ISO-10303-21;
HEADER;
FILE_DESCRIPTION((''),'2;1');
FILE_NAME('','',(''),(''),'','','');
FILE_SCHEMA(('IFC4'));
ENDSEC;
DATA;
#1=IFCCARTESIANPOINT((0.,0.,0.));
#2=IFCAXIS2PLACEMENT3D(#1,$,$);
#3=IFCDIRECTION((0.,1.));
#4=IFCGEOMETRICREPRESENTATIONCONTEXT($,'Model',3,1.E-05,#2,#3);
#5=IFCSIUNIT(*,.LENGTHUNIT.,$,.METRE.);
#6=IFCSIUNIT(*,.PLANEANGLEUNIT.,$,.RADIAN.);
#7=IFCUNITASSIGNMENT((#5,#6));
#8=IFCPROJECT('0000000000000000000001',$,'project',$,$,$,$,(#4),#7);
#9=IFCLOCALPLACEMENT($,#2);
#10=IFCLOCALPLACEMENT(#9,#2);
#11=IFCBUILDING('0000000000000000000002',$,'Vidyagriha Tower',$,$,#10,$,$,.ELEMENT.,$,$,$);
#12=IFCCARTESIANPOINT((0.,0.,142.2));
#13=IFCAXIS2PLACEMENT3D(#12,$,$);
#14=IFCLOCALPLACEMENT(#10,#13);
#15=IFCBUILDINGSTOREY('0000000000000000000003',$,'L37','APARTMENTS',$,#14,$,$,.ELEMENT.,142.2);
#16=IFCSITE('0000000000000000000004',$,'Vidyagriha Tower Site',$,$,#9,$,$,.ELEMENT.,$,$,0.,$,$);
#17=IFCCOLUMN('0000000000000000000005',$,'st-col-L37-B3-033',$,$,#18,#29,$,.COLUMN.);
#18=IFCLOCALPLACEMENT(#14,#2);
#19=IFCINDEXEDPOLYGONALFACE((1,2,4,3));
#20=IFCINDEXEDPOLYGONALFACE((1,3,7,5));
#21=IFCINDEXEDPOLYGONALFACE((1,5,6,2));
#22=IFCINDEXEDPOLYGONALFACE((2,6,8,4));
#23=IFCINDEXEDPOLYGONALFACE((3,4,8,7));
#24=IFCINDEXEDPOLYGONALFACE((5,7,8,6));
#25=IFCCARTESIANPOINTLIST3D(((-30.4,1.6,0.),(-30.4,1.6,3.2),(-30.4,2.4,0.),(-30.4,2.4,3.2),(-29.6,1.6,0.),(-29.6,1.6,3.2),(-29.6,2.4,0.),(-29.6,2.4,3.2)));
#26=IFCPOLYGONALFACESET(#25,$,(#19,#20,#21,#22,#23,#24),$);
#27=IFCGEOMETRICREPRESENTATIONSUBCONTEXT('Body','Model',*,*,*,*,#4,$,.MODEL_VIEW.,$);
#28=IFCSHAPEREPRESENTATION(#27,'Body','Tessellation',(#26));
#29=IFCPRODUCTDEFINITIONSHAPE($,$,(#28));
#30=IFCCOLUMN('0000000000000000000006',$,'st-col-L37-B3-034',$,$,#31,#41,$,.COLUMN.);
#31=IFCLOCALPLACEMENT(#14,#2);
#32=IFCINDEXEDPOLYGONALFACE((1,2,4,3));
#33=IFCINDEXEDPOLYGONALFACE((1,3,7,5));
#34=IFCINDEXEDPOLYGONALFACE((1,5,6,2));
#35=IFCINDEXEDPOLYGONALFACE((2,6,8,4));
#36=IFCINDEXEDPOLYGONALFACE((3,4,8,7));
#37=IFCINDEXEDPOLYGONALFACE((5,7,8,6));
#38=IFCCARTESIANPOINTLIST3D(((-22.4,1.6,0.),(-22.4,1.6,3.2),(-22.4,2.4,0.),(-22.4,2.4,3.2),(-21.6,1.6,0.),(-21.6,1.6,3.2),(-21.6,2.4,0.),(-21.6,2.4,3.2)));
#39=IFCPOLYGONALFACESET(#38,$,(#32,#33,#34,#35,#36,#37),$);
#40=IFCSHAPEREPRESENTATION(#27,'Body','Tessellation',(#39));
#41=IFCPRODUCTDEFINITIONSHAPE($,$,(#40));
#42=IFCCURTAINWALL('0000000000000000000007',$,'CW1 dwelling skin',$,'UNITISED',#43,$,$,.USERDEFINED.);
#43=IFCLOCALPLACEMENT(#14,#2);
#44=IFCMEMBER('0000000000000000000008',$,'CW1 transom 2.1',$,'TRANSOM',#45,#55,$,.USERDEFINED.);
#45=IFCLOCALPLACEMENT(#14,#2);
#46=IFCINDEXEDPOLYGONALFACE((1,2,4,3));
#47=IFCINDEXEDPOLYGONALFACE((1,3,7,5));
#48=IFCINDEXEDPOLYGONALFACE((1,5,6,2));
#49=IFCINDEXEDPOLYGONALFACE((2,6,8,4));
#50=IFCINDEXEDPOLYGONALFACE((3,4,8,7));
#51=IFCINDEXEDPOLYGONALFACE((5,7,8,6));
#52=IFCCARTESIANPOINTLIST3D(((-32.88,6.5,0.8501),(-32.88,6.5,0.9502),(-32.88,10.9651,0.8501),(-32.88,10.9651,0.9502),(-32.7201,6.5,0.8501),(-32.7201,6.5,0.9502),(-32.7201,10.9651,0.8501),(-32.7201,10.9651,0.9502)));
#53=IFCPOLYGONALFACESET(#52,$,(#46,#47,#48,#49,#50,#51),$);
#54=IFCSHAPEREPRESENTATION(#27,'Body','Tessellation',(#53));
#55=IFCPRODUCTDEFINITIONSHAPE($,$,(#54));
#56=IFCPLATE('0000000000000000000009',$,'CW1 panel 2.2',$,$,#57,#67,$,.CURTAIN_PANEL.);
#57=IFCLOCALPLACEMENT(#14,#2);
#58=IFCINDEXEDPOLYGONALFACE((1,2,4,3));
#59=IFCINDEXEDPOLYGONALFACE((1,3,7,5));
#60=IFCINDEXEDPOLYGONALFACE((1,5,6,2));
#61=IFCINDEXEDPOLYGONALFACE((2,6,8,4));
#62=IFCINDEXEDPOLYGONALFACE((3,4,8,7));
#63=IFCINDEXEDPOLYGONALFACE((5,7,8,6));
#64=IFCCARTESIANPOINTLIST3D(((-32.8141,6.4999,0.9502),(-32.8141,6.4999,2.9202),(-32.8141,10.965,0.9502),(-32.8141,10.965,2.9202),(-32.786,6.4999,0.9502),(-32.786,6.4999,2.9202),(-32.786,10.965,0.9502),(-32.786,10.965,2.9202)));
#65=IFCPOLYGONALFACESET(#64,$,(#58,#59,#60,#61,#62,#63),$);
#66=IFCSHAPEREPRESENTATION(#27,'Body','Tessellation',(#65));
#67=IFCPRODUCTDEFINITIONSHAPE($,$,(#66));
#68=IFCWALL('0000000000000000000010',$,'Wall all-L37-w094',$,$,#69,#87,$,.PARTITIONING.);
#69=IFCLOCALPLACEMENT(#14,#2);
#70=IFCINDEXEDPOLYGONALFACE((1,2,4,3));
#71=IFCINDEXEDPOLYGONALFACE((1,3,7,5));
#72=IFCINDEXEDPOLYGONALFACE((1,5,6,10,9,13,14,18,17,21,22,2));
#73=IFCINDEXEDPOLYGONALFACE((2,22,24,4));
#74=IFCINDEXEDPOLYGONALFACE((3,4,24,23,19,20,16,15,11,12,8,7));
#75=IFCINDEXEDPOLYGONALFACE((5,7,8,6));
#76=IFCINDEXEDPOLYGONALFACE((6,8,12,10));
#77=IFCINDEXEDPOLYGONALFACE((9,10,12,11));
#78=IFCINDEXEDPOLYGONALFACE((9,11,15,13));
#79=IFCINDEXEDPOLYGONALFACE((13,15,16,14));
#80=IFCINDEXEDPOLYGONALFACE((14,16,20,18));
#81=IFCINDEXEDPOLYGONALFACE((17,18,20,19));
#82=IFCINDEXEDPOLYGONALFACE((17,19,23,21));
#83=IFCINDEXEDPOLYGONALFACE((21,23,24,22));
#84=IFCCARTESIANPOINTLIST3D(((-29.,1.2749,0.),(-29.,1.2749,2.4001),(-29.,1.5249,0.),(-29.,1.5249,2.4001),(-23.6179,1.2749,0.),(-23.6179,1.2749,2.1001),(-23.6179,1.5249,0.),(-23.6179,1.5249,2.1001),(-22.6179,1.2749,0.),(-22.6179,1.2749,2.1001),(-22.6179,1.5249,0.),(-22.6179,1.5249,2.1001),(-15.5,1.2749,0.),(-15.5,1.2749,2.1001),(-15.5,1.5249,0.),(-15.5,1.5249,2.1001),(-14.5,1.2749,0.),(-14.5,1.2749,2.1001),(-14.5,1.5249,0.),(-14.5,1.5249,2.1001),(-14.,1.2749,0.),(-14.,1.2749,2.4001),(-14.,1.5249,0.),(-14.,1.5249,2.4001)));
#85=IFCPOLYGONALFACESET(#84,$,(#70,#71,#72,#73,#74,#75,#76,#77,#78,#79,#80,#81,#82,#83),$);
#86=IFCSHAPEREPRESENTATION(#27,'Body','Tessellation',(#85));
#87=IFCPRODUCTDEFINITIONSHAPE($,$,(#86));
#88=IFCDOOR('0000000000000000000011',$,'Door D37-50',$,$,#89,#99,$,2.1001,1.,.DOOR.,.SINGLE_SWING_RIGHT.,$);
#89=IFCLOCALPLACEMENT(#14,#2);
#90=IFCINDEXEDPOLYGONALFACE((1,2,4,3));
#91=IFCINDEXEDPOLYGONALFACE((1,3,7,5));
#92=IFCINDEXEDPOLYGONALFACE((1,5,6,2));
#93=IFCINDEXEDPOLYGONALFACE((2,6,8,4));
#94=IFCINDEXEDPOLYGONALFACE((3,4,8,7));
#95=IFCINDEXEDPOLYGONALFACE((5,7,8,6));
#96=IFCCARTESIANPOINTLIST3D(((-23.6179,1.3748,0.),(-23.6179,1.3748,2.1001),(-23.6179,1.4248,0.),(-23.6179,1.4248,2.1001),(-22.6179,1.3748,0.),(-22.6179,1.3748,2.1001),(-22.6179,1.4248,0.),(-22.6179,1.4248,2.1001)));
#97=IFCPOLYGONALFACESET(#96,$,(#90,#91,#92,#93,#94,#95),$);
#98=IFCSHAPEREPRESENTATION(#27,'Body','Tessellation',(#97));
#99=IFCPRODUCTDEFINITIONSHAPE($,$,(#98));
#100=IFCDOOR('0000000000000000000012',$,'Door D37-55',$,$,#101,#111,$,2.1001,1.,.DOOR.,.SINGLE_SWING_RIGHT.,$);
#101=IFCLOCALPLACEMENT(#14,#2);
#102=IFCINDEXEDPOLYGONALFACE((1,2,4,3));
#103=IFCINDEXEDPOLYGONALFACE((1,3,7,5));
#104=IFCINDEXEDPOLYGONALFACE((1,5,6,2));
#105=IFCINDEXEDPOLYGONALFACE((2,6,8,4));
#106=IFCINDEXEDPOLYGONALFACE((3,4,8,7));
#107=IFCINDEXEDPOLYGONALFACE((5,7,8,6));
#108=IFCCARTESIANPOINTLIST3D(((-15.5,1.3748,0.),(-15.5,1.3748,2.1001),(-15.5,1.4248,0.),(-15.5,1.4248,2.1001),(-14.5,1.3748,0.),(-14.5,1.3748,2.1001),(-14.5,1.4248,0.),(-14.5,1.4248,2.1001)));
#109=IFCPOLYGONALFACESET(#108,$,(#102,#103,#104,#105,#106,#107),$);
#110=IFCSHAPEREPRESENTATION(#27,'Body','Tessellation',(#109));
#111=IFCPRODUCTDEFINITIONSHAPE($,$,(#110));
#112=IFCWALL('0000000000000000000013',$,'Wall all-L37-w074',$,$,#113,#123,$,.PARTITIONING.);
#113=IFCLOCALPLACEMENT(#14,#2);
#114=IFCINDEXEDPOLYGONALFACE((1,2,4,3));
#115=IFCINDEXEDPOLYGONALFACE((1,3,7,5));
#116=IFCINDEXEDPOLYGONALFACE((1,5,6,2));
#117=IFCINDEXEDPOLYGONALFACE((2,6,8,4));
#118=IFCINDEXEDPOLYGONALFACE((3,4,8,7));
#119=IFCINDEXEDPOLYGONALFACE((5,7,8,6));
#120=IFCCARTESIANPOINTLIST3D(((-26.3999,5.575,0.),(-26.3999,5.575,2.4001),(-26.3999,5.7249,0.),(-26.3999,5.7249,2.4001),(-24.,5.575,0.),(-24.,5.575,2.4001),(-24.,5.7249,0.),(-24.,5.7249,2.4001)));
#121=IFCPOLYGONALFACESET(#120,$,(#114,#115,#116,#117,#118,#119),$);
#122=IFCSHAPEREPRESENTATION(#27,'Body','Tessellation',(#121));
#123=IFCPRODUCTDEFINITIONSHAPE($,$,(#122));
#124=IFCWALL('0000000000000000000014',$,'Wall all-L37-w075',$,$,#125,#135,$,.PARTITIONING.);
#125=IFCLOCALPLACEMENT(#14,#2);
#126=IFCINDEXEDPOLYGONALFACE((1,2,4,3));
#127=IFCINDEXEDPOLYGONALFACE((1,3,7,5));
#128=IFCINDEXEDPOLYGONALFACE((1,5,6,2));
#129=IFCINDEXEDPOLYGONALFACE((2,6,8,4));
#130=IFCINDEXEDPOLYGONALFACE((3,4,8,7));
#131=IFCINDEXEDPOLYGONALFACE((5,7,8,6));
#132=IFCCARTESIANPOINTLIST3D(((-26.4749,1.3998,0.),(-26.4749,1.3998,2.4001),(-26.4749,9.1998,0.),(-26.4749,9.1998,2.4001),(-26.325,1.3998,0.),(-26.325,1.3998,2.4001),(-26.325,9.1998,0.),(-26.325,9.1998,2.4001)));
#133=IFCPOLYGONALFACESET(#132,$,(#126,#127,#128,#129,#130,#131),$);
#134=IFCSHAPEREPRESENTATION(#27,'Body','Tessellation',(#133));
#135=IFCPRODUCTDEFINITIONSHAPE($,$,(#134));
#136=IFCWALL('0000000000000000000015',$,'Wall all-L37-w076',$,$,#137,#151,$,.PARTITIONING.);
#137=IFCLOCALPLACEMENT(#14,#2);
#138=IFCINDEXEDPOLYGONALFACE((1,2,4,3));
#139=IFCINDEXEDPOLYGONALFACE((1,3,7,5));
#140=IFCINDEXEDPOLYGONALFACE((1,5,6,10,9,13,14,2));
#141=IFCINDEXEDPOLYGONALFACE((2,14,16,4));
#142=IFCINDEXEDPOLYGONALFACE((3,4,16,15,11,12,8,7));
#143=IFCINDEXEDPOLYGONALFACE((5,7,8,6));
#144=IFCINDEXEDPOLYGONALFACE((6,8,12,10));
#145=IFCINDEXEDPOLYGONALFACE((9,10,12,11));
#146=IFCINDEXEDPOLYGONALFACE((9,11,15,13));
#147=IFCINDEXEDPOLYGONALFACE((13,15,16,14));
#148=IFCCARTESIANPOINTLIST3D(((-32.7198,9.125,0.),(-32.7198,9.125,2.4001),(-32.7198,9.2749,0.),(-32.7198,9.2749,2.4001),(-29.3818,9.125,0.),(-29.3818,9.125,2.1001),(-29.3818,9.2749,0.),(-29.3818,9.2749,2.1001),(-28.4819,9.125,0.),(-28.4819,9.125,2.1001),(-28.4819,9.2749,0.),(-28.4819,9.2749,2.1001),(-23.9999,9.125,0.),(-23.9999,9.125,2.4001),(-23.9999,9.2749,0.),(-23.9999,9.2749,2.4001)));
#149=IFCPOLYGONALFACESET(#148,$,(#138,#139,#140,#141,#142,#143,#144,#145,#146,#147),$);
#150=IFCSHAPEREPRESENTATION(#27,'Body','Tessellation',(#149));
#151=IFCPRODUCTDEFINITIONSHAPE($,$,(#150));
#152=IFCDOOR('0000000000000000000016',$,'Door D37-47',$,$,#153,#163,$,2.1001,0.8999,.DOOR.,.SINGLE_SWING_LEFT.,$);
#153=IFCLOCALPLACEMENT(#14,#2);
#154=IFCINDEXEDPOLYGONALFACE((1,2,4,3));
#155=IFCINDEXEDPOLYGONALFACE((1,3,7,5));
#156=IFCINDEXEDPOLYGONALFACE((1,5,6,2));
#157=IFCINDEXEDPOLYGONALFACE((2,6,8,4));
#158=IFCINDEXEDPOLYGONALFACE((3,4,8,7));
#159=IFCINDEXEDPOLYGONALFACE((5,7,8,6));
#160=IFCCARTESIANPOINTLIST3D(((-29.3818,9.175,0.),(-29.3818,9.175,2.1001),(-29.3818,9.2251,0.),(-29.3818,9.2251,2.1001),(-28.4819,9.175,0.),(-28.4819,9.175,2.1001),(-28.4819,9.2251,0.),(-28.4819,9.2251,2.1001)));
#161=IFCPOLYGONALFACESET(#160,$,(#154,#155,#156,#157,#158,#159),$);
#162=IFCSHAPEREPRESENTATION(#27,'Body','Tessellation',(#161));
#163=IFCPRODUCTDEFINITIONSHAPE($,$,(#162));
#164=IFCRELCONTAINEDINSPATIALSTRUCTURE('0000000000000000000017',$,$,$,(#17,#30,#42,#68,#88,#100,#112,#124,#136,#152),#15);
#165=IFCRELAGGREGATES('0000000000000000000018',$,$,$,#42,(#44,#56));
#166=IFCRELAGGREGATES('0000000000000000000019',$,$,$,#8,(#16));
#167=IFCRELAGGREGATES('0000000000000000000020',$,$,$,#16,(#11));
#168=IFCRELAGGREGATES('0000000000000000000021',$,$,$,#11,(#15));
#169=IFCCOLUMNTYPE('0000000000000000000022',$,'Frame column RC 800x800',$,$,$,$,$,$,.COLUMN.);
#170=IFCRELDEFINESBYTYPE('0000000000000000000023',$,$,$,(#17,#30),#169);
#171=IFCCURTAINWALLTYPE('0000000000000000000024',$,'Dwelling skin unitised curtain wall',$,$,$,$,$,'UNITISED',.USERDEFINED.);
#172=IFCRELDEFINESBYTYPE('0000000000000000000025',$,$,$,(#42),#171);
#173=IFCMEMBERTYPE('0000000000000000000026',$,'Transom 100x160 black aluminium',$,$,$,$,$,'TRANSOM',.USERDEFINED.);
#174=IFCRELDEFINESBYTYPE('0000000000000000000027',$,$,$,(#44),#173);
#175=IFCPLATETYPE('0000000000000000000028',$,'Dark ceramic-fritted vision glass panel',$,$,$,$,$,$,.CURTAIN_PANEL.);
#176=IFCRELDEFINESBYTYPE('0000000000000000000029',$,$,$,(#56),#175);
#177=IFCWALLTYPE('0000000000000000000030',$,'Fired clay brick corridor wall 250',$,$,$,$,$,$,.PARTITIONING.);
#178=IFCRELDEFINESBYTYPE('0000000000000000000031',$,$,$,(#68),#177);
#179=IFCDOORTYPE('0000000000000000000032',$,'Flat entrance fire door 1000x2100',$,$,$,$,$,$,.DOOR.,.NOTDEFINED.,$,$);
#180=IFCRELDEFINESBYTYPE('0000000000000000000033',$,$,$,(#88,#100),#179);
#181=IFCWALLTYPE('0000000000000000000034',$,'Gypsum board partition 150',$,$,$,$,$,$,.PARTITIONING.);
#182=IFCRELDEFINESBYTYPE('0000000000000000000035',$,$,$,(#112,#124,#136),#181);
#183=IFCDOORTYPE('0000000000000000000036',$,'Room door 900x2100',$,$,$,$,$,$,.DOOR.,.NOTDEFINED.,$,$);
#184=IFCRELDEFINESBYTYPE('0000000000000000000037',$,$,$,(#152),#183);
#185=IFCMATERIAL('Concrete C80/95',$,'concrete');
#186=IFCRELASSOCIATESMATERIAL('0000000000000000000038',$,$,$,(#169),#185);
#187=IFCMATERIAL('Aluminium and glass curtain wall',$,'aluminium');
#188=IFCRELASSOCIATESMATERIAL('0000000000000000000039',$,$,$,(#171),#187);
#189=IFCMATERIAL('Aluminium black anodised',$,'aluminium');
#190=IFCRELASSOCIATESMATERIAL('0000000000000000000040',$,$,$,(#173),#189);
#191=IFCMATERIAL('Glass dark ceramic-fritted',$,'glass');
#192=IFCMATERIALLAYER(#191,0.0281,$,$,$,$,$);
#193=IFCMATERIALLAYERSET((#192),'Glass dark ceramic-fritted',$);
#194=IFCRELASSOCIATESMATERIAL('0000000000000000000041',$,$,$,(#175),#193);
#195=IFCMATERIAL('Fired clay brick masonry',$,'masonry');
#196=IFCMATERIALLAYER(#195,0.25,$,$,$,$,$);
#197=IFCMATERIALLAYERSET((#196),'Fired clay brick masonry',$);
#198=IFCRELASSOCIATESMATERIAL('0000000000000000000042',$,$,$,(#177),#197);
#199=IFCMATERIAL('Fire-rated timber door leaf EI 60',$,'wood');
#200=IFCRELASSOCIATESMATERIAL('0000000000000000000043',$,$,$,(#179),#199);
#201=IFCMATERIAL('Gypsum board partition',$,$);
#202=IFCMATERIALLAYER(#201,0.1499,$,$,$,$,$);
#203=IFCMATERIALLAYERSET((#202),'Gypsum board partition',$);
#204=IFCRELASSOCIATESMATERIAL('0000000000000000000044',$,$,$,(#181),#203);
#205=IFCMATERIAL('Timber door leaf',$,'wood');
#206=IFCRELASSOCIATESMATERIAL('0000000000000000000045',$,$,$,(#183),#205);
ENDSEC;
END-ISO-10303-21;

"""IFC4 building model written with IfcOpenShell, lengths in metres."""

from ifc_helpers import new_model, si_unit, direction, frame, frame_2d, origin, origin_2d, place, context, subcontext, project, spatial, rectangle, extrude, material, layer, layer_set, material_profile, profile_set, type_object, element, fill, aggregate, save


model = new_model("IFC4")

# Units and contexts
model_context = context("Model", 3, precision=1e-05, world=origin(), true_north=direction((0.0, 1.0)))
body_context = subcontext(model_context, "Body", "Model", "MODEL_VIEW")
ifc_project = project(units=[si_unit("LENGTHUNIT", "METRE"), si_unit("PLANEANGLEUNIT", "RADIAN")], contexts=[model_context])

# Site, building, storey
site_placement = place(None, origin())
site = spatial("IfcSite", under=ifc_project, at=site_placement, Name="Vidyagriha Tower Site", CompositionType="ELEMENT", RefElevation=0.0)
building_placement = place(site_placement, origin())
building = spatial("IfcBuilding", under=site, at=building_placement, Name="Vidyagriha Tower", CompositionType="ELEMENT")
storey_placement = place(building_placement, frame((0.0, 0.0, 142.2)))
storey = spatial("IfcBuildingStorey", under=building, at=storey_placement, Name="L37", Description="APARTMENTS", CompositionType="ELEMENT", Elevation=142.2)

# Columns
ifc_material_1 = material(Name="Concrete C80/95", Category="concrete")
ifc_material_profile_1 = material_profile(ifc_material_1, rectangle(XDim=0.8, YDim=0.8, at=origin_2d()), Name="RC 800x800")
ifc_profile_set_1 = profile_set([ifc_material_profile_1], Name="Concrete C80/95")
column_type = type_object("IfcColumnType", Name="Frame column RC 800x800", PredefinedType="COLUMN", material=ifc_profile_set_1)
for number, where, name in (
    (1, (-30.0, 2.0, 0.0), "st-col-L37-B3-033"),
    (2, (-22.0, 2.0, 0.0), "st-col-L37-B3-034"),
):
    element("IfcColumn", number, at=place(storey_placement, frame(where)), inside=storey, type_object=column_type, Name=name, PredefinedType="COLUMN", context=body_context, shape_type="SweptSolid", body=[
        extrude(rectangle(XDim=0.8, YDim=0.8, at=origin_2d()), origin(), (0.0, 0.0, 1.0), 3.2),
    ])

# Curtain wall, member, plate
ifc_material_2 = material(Name="Aluminium and glass curtain wall", Category="aluminium")
curtain_wall_type = type_object("IfcCurtainWallType", Name="Dwelling skin unitised curtain wall", ElementType="UNITISED", PredefinedType="USERDEFINED", material=ifc_material_2)
curtain_wall_placement = place(storey_placement, origin())
curtain_wall = element("IfcCurtainWall", 3, at=curtain_wall_placement, inside=storey, type_object=curtain_wall_type, Name="CW1 dwelling skin", ObjectType="UNITISED", PredefinedType="USERDEFINED")
ifc_material_3 = material(Name="Aluminium black anodised", Category="aluminium")
ifc_material_profile_2 = material_profile(ifc_material_3, rectangle(XDim=0.1599, YDim=0.1001, at=origin_2d()), Name="Transom 100x160 black aluminium")
ifc_profile_set_2 = profile_set([ifc_material_profile_2], Name="Aluminium black anodised")
member_type = type_object("IfcMemberType", Name="Transom 100x160 black aluminium", ElementType="TRANSOM", PredefinedType="USERDEFINED", material=ifc_profile_set_2)
member_placement = place(storey_placement, frame((-32.8, 10.9651, 0.9001), z_axis=(0.0, -1.0, 0.0), x_axis=(1.0, 0.0, 0.0)))
member = element("IfcMember", 4, at=member_placement, type_object=member_type, Name="CW1 transom 2.1", ObjectType="TRANSOM", PredefinedType="USERDEFINED", context=body_context, shape_type="SweptSolid", body=[
    extrude(rectangle(XDim=0.1599, YDim=0.1001, at=origin_2d()), origin(), (0.0, 0.0, 1.0), 4.4651),
])
ifc_material_4 = material(Name="Glass dark ceramic-fritted", Category="glass")
ifc_layer_1 = layer(ifc_material_4, 0.0281)
ifc_layer_set_1 = layer_set([ifc_layer_1], Name="Glass dark ceramic-fritted")
plate_type = type_object("IfcPlateType", Name="Dark ceramic-fritted vision glass panel", PredefinedType="CURTAIN_PANEL", material=ifc_layer_set_1)
plate_placement = place(storey_placement, frame((-32.8, 8.7324, 0.9502), z_axis=(0.0, 0.0, 1.0), x_axis=(0.0, -1.0, 0.0)))
plate = element("IfcPlate", 5, at=plate_placement, type_object=plate_type, Name="CW1 panel 2.2", PredefinedType="CURTAIN_PANEL", context=body_context, shape_type="SweptSolid", body=[
    extrude(rectangle(XDim=4.4651, YDim=0.0281, at=origin_2d()), origin(), (0.0, 0.0, 1.0), 1.97),
])
aggregate(curtain_wall, [member, plate])

# Wall, openings, doors
ifc_material_5 = material(Name="Fired clay brick masonry", Category="masonry")
ifc_layer_2 = layer(ifc_material_5, 0.25)
ifc_layer_set_2 = layer_set([ifc_layer_2], Name="Fired clay brick masonry")
wall_type_1 = type_object("IfcWallType", Name="Fired clay brick corridor wall 250", PredefinedType="PARTITIONING", material=ifc_layer_set_2)
wall_1_placement = place(storey_placement, frame((-29.0, 1.3999, 0.0)))
wall_1 = element("IfcWall", 6, at=wall_1_placement, inside=storey, type_object=wall_type_1, Name="Wall all-L37-w094", PredefinedType="PARTITIONING", context=body_context, shape_type="SweptSolid", body=[
    extrude(rectangle(XDim=15.0, YDim=0.25, at=frame_2d((7.5, 0.0))), origin(), (0.0, 0.0, 1.0), 2.4001),
])
opening_1_placement = place(wall_1_placement, frame((5.3821, 0.0, 0.0)))
opening_1 = element("IfcOpeningElement", 7, at=opening_1_placement, cuts=wall_1, PredefinedType="OPENING", context=body_context, shape_type="SweptSolid", body=[
    extrude(rectangle(XDim=1.0, YDim=2.1001, at=frame_2d((0.5, 1.05))), frame((0.0, 0.135, 0.0), z_axis=(0.0, -1.0, 0.0), x_axis=(1.0, 0.0, 0.0)), (0.0, 0.0, 1.0), 0.27),
])
opening_2_placement = place(wall_1_placement, frame((13.5, 0.0, 0.0)))
opening_2 = element("IfcOpeningElement", 8, at=opening_2_placement, cuts=wall_1, PredefinedType="OPENING", context=body_context, shape_type="SweptSolid", body=[
    extrude(rectangle(XDim=1.0, YDim=2.1001, at=frame_2d((0.5, 1.05))), frame((0.0, 0.135, 0.0), z_axis=(0.0, -1.0, 0.0), x_axis=(1.0, 0.0, 0.0)), (0.0, 0.0, 1.0), 0.27),
])
ifc_material_6 = material(Name="Fire-rated timber door leaf EI 60", Category="wood")
door_type_1 = type_object("IfcDoorType", Name="Flat entrance fire door 1000x2100", OperationType="NOTDEFINED", PredefinedType="DOOR", material=ifc_material_6)
door_1_placement = place(opening_1_placement, origin())
door_1 = element("IfcDoor", 9, at=door_1_placement, inside=storey, type_object=door_type_1, Name="Door D37-50", OperationType="SINGLE_SWING_RIGHT", OverallHeight=2.1001, OverallWidth=1.0, PredefinedType="DOOR", context=body_context, shape_type="SweptSolid", body=[
    extrude(rectangle(XDim=1.0, YDim=2.1001, at=frame_2d((0.5, 1.05))), frame((0.0, 0.0249, 0.0), z_axis=(0.0, -1.0, 0.0), x_axis=(1.0, 0.0, 0.0)), (0.0, 0.0, 1.0), 0.05),
])
fill(opening_1, door_1)
door_2_placement = place(opening_2_placement, origin())
door_2 = element("IfcDoor", 10, at=door_2_placement, inside=storey, type_object=door_type_1, Name="Door D37-55", OperationType="SINGLE_SWING_RIGHT", OverallHeight=2.1001, OverallWidth=1.0, PredefinedType="DOOR", context=body_context, shape_type="SweptSolid", body=[
    extrude(rectangle(XDim=1.0, YDim=2.1001, at=frame_2d((0.5, 1.05))), frame((0.0, 0.0249, 0.0), z_axis=(0.0, -1.0, 0.0), x_axis=(1.0, 0.0, 0.0)), (0.0, 0.0, 1.0), 0.05),
])
fill(opening_2, door_2)

# Walls
ifc_material_7 = material(Name="Gypsum board partition")
ifc_layer_3 = layer(ifc_material_7, 0.1499)
ifc_layer_set_3 = layer_set([ifc_layer_3], Name="Gypsum board partition")
wall_type_2 = type_object("IfcWallType", Name="Gypsum board partition 150", PredefinedType="PARTITIONING", material=ifc_layer_set_3)
wall_2_placement = place(storey_placement, frame((-26.3999, 5.6499, 0.0)))
element("IfcWall", 11, at=wall_2_placement, inside=storey, type_object=wall_type_2, Name="Wall all-L37-w074", PredefinedType="PARTITIONING", context=body_context, shape_type="SweptSolid", body=[
    extrude(rectangle(XDim=2.3999, YDim=0.1499, at=frame_2d((1.2, 0.0))), origin(), (0.0, 0.0, 1.0), 2.4001),
])
wall_3_placement = place(storey_placement, frame((-26.3999, 1.3999, 0.0), z_axis=(0.0, 0.0, 1.0), x_axis=(0.0, 1.0, 0.0)))
element("IfcWall", 12, at=wall_3_placement, inside=storey, type_object=wall_type_2, Name="Wall all-L37-w075", PredefinedType="PARTITIONING", context=body_context, shape_type="SweptSolid", body=[
    extrude(rectangle(XDim=7.8, YDim=0.1499, at=frame_2d((3.8999, 0.0))), origin(), (0.0, 0.0, 1.0), 2.4001),
])

# Wall, opening, door
wall_4_placement = place(storey_placement, frame((-24.0, 9.2, 0.0), z_axis=(0.0, 0.0, 1.0), x_axis=(-1.0, 0.0, 0.0)))
wall_4 = element("IfcWall", 13, at=wall_4_placement, inside=storey, type_object=wall_type_2, Name="Wall all-L37-w076", PredefinedType="PARTITIONING", context=body_context, shape_type="SweptSolid", body=[
    extrude(rectangle(XDim=8.72, YDim=0.1499, at=frame_2d((4.3599, 0.0))), origin(), (0.0, 0.0, 1.0), 2.4001),
])
opening_3_placement = place(wall_4_placement, frame((4.4819, 0.0, 0.0)))
opening_3 = element("IfcOpeningElement", 14, at=opening_3_placement, cuts=wall_4, PredefinedType="OPENING", context=body_context, shape_type="SweptSolid", body=[
    extrude(rectangle(XDim=0.8999, YDim=2.1001, at=frame_2d((0.45, 1.05))), frame((0.0, 0.085, 0.0), z_axis=(0.0, -1.0, 0.0), x_axis=(1.0, 0.0, 0.0)), (0.0, 0.0, 1.0), 0.1699),
])
ifc_material_8 = material(Name="Timber door leaf", Category="wood")
door_type_2 = type_object("IfcDoorType", Name="Room door 900x2100", OperationType="NOTDEFINED", PredefinedType="DOOR", material=ifc_material_8)
door_3_placement = place(opening_3_placement, origin())
door_3 = element("IfcDoor", 15, at=door_3_placement, inside=storey, type_object=door_type_2, Name="Door D37-47", OperationType="SINGLE_SWING_LEFT", OverallHeight=2.1001, OverallWidth=0.8999, PredefinedType="DOOR", context=body_context, shape_type="SweptSolid", body=[
    extrude(rectangle(XDim=0.8999, YDim=2.1001, at=frame_2d((0.45, 1.05))), frame((0.0, 0.0249, 0.0), z_axis=(0.0, -1.0, 0.0), x_axis=(1.0, 0.0, 0.0)), (0.0, 0.0, 1.0), 0.05),
])
fill(opening_3, door_3)

save(model, "model.ifc")
